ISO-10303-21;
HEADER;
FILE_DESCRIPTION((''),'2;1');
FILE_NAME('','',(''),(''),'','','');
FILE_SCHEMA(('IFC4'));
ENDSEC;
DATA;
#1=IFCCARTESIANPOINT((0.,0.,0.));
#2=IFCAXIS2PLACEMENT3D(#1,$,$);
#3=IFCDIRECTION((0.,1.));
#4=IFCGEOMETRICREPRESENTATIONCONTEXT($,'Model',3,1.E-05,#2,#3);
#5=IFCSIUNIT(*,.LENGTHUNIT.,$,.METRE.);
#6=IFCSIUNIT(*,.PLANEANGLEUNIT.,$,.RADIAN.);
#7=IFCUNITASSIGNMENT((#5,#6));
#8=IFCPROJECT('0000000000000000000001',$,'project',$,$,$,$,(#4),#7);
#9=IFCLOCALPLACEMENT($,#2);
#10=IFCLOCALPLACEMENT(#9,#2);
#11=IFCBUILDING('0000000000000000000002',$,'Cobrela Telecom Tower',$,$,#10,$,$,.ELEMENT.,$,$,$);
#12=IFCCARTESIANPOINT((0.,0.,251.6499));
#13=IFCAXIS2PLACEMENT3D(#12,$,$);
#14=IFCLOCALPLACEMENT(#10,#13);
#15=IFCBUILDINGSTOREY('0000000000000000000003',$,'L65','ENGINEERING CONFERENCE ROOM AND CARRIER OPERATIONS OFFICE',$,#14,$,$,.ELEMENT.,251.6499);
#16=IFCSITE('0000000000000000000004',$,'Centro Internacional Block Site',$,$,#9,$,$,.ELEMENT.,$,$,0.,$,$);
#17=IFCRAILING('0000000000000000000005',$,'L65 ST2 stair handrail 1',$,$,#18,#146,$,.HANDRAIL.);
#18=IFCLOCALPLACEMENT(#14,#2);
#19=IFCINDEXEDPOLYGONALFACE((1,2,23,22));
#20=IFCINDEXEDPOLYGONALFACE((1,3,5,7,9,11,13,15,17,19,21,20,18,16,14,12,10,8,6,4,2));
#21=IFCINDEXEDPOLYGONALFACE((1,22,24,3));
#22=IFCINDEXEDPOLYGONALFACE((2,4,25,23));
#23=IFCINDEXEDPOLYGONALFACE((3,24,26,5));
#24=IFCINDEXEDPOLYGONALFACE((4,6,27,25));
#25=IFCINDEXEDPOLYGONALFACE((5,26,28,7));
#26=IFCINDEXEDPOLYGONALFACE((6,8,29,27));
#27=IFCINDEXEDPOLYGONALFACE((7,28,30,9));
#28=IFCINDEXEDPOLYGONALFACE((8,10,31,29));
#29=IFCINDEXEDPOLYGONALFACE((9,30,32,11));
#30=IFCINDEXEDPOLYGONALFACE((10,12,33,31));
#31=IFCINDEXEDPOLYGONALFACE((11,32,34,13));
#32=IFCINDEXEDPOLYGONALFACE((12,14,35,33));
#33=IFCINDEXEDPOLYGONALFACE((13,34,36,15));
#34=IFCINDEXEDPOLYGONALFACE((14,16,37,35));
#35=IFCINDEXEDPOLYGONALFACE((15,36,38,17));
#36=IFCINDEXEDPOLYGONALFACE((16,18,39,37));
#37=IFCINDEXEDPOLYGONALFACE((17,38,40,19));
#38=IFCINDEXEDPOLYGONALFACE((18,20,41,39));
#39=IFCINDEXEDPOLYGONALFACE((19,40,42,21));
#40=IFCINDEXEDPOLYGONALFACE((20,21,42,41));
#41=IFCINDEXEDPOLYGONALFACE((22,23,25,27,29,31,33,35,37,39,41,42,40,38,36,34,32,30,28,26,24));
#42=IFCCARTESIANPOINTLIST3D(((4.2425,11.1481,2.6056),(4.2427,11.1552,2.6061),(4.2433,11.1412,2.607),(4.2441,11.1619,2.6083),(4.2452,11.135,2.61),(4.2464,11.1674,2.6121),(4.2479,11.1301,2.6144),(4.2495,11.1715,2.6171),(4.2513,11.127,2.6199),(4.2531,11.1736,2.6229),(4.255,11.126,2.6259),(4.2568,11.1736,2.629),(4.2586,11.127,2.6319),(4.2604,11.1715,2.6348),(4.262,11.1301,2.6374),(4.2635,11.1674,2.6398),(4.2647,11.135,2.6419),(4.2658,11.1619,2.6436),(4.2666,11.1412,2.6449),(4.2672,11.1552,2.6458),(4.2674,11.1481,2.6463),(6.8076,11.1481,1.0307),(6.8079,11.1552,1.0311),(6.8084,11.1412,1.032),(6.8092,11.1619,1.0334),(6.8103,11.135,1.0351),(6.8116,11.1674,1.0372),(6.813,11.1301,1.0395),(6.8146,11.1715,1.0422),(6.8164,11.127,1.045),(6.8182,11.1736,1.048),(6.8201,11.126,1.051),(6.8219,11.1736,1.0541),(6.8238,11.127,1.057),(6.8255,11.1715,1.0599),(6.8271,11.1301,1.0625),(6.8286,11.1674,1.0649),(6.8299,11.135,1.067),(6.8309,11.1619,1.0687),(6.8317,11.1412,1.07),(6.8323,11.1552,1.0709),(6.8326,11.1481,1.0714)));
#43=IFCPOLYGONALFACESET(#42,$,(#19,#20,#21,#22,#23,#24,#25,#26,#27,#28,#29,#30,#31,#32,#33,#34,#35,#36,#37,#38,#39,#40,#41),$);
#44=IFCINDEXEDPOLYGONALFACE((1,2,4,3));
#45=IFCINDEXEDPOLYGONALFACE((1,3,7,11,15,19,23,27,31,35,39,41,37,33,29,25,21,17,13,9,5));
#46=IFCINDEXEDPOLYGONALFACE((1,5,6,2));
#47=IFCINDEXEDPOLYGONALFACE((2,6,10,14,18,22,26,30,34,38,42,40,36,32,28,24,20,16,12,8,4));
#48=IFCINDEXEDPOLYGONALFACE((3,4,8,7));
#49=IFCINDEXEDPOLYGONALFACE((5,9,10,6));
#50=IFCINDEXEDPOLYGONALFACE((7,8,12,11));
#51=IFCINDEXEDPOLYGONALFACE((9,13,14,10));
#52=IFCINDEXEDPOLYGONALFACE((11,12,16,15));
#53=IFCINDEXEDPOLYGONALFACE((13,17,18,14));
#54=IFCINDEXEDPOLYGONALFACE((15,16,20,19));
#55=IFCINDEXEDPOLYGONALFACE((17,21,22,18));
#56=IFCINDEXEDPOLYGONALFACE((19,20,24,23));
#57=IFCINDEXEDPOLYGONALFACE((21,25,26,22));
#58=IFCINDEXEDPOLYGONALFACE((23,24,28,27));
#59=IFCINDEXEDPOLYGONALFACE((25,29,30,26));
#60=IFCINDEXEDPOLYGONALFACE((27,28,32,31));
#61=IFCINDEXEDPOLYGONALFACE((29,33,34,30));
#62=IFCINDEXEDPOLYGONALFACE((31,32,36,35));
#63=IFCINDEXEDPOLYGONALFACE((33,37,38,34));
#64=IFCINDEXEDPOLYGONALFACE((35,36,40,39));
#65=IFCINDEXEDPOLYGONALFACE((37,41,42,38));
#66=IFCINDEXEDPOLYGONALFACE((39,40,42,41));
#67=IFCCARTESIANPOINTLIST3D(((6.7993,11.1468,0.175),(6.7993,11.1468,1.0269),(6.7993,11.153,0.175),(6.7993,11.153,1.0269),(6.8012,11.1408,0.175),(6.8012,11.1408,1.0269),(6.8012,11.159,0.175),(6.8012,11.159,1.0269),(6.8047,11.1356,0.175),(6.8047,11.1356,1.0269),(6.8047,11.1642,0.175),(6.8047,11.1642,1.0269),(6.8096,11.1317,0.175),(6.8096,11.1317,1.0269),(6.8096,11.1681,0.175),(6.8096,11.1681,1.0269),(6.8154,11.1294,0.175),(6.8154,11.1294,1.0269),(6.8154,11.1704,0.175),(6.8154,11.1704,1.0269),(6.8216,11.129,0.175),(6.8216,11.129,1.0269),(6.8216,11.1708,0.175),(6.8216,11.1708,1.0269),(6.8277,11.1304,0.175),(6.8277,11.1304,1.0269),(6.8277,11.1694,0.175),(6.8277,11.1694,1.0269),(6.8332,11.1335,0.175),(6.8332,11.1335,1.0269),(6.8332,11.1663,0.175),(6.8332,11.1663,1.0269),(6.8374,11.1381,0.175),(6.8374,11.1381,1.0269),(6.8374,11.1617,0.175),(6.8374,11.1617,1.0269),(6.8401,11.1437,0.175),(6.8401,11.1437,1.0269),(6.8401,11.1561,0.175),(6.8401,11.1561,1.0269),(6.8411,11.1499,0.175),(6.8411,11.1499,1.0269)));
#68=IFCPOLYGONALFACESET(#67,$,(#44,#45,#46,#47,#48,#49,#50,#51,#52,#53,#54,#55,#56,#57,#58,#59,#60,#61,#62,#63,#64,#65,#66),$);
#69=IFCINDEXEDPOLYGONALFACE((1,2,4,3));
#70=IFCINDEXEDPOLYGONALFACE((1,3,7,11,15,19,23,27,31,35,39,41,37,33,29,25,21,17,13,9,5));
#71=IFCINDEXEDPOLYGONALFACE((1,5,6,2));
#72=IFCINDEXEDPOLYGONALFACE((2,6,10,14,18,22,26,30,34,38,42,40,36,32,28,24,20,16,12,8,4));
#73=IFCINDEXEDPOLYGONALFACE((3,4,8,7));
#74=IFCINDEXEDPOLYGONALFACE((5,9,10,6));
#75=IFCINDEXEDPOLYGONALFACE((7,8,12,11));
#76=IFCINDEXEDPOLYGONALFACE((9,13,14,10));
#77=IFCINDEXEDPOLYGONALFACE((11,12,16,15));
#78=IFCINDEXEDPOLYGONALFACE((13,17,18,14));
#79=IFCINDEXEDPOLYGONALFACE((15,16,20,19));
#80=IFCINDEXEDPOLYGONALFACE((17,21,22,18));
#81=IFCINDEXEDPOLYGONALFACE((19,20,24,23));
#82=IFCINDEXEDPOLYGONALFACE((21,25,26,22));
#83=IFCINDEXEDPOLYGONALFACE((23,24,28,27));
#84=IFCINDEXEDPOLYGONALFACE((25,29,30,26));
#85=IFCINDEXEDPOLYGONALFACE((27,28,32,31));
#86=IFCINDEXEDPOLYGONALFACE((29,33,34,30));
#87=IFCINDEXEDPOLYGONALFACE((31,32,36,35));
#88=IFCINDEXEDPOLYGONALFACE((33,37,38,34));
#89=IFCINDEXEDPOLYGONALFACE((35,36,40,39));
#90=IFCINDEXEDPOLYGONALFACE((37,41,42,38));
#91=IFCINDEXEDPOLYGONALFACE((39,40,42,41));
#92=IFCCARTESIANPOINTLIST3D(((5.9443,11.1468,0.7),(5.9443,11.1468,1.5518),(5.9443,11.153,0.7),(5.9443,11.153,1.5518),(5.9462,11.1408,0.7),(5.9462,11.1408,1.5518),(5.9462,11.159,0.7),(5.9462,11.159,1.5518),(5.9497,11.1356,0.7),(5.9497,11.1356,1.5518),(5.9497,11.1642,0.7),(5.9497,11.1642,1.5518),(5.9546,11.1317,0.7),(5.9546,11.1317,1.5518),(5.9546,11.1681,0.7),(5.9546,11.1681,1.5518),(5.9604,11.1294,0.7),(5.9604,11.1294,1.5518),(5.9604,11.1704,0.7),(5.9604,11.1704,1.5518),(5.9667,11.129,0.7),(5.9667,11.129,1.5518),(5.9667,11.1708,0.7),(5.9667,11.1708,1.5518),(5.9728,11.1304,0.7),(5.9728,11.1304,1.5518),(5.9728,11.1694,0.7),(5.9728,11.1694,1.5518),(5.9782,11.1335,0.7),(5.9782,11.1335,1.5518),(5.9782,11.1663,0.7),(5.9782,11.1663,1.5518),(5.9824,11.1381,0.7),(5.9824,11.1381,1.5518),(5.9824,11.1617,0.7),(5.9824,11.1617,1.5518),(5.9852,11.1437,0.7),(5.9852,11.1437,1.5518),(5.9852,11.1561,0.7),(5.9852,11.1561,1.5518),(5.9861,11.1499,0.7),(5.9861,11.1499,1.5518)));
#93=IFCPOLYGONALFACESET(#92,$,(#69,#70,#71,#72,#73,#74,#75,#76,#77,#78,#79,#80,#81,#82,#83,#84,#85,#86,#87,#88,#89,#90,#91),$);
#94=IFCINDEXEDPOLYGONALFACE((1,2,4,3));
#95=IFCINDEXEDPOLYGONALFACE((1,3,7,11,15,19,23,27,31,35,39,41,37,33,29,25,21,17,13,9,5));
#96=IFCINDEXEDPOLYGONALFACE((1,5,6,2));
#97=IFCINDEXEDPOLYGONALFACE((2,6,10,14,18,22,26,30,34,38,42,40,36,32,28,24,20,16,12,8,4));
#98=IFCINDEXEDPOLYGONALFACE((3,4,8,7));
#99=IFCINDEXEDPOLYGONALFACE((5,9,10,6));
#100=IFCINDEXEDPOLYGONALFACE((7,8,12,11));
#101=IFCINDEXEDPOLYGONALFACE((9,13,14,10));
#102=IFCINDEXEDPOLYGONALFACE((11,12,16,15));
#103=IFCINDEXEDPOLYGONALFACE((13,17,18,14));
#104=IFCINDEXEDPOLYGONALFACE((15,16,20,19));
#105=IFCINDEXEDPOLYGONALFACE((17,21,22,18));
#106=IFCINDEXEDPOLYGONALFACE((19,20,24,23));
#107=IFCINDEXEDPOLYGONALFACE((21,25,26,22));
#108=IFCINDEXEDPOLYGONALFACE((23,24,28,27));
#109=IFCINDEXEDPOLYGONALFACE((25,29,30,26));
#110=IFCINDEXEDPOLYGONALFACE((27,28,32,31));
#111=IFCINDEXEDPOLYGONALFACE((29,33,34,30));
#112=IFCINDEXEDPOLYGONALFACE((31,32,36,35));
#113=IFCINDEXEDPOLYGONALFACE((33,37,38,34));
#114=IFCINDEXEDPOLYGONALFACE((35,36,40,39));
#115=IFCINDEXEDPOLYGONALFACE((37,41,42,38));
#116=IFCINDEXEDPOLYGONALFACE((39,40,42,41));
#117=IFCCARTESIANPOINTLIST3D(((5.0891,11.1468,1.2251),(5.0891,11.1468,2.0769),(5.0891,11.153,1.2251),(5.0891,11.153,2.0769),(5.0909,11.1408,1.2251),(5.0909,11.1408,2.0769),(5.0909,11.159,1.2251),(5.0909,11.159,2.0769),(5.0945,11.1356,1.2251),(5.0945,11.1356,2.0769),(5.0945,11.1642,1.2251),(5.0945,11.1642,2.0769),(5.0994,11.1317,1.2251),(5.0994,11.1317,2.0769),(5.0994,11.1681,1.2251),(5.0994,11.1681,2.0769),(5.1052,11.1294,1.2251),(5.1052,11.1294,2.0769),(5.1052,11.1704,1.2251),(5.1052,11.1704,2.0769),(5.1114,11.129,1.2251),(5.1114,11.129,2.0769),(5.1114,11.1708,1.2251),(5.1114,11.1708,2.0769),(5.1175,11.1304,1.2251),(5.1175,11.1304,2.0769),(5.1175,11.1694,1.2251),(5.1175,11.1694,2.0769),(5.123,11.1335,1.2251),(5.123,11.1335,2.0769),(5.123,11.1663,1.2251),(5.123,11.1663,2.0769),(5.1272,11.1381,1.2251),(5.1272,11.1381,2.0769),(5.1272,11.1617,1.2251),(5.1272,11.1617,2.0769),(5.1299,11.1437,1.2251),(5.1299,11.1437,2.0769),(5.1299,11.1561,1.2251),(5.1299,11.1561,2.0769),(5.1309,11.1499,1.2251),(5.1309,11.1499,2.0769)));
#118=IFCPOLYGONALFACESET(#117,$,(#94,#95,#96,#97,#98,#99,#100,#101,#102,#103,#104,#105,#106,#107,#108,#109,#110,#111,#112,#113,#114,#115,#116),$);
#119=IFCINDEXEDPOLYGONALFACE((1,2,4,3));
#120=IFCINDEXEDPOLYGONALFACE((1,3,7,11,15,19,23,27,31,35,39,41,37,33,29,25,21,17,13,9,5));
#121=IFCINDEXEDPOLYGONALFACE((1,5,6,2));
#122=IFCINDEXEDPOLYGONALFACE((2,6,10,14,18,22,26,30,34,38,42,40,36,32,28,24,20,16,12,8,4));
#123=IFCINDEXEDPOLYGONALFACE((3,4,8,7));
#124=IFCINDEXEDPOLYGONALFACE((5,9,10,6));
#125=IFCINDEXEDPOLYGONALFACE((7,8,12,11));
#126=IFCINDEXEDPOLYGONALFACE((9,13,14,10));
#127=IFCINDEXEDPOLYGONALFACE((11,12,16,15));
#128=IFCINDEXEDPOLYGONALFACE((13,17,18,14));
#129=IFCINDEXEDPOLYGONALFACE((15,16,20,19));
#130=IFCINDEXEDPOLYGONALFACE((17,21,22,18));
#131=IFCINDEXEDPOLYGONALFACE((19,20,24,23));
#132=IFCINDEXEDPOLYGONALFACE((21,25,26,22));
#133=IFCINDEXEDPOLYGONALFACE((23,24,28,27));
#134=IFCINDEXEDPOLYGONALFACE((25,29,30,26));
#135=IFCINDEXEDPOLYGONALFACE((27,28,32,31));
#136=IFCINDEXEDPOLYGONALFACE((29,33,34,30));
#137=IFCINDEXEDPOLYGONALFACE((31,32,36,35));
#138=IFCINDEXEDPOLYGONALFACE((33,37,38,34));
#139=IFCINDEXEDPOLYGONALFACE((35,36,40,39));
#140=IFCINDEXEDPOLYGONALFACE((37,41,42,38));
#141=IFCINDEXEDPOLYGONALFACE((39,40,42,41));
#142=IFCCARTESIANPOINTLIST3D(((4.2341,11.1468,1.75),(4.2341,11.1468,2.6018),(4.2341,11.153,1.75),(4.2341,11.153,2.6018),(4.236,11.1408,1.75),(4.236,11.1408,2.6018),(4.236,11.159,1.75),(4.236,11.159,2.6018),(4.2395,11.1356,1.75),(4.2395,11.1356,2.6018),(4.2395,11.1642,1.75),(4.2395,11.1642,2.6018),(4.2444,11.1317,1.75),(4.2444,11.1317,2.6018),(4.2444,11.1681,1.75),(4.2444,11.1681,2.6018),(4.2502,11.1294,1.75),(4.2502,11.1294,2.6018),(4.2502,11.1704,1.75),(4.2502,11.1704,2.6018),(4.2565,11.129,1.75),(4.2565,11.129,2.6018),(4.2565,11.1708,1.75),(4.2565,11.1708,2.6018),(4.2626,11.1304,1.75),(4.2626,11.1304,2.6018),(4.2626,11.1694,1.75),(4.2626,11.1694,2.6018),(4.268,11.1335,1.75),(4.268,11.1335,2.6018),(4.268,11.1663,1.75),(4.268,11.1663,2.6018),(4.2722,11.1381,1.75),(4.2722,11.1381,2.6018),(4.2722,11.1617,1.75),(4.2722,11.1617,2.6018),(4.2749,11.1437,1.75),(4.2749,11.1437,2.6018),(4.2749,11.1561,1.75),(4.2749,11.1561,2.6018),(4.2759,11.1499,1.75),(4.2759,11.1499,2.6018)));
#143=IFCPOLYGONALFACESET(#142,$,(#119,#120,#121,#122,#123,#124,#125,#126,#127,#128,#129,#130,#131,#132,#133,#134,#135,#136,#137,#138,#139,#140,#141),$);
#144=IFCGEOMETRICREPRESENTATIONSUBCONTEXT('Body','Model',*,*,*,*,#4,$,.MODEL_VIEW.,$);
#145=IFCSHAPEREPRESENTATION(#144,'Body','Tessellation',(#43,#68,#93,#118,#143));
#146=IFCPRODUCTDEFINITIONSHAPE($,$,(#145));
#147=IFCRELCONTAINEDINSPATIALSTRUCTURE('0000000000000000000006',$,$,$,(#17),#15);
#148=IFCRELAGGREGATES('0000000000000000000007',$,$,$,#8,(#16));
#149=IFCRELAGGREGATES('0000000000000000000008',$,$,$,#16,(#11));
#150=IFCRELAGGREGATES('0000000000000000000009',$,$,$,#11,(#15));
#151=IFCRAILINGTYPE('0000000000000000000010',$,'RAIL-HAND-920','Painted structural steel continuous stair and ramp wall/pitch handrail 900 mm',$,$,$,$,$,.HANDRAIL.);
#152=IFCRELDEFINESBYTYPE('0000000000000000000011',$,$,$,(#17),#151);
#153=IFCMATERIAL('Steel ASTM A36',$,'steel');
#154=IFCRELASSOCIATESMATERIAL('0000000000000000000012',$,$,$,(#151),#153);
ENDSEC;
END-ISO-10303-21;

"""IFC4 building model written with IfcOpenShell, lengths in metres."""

from ifc_helpers import new_model, si_unit, direction, frame, origin, origin_2d, place, context, subcontext, project, spatial, circle, extrude, material, type_object, element, save


model = new_model("IFC4")

# Units and contexts
model_context = context("Model", 3, precision=1e-05, world=origin(), true_north=direction((0.0, 1.0)))
body_context = subcontext(model_context, "Body", "Model", "MODEL_VIEW")
ifc_project = project(units=[si_unit("LENGTHUNIT", "METRE"), si_unit("PLANEANGLEUNIT", "RADIAN")], contexts=[model_context])

# Site, building, storey
site_placement = place(None, origin())
site = spatial("IfcSite", under=ifc_project, at=site_placement, Name="Centro Internacional Block Site", CompositionType="ELEMENT", RefElevation=0.0)
building_placement = place(site_placement, origin())
building = spatial("IfcBuilding", under=site, at=building_placement, Name="Cobrela Telecom Tower", CompositionType="ELEMENT")
storey_placement = place(building_placement, frame((0.0, 0.0, 251.6499)))
storey = spatial("IfcBuildingStorey", under=building, at=storey_placement, Name="L65", Description="ENGINEERING CONFERENCE ROOM AND CARRIER OPERATIONS OFFICE", CompositionType="ELEMENT", Elevation=251.6499)

# Railing
ifc_material_1 = material(Name="Steel ASTM A36", Category="steel")
railing_type_1 = type_object("IfcRailingType", Name="RAIL-HAND-920", Description="Painted structural steel continuous stair and ramp wall/pitch handrail 900 mm", PredefinedType="HANDRAIL", material=ifc_material_1)
railing_1_placement = place(storey_placement, frame((6.8201, 11.1499, 0.175)))
element("IfcRailing", 1, at=railing_1_placement, inside=storey, type_object=railing_type_1, Name="L65 ST2 stair handrail 1", PredefinedType="HANDRAIL", context=body_context, shape_type="SweptSolid", body=[
    extrude(circle(Radius=0.0239, at=origin_2d()), frame((0.0, 0.0, 0.876), z_axis=(-0.852195, 0.0, 0.523224), x_axis=(0.0, -1.0, 0.0)), (0.0, 0.0, 1.0), 3.01),
    extrude(circle(Radius=0.021, at=origin_2d()), origin(), (0.0, 0.0, 1.0), 0.8518),
    extrude(circle(Radius=0.021, at=origin_2d()), frame((-0.855, 0.0, 0.5249)), (0.0, 0.0, 1.0), 0.8518),
    extrude(circle(Radius=0.021, at=origin_2d()), frame((-1.7102, 0.0, 1.05)), (0.0, 0.0, 1.0), 0.8518),
    extrude(circle(Radius=0.021, at=origin_2d()), frame((-2.5652, 0.0, 1.575)), (0.0, 0.0, 1.0), 0.8518),
])

save(model, "model.ifc")
